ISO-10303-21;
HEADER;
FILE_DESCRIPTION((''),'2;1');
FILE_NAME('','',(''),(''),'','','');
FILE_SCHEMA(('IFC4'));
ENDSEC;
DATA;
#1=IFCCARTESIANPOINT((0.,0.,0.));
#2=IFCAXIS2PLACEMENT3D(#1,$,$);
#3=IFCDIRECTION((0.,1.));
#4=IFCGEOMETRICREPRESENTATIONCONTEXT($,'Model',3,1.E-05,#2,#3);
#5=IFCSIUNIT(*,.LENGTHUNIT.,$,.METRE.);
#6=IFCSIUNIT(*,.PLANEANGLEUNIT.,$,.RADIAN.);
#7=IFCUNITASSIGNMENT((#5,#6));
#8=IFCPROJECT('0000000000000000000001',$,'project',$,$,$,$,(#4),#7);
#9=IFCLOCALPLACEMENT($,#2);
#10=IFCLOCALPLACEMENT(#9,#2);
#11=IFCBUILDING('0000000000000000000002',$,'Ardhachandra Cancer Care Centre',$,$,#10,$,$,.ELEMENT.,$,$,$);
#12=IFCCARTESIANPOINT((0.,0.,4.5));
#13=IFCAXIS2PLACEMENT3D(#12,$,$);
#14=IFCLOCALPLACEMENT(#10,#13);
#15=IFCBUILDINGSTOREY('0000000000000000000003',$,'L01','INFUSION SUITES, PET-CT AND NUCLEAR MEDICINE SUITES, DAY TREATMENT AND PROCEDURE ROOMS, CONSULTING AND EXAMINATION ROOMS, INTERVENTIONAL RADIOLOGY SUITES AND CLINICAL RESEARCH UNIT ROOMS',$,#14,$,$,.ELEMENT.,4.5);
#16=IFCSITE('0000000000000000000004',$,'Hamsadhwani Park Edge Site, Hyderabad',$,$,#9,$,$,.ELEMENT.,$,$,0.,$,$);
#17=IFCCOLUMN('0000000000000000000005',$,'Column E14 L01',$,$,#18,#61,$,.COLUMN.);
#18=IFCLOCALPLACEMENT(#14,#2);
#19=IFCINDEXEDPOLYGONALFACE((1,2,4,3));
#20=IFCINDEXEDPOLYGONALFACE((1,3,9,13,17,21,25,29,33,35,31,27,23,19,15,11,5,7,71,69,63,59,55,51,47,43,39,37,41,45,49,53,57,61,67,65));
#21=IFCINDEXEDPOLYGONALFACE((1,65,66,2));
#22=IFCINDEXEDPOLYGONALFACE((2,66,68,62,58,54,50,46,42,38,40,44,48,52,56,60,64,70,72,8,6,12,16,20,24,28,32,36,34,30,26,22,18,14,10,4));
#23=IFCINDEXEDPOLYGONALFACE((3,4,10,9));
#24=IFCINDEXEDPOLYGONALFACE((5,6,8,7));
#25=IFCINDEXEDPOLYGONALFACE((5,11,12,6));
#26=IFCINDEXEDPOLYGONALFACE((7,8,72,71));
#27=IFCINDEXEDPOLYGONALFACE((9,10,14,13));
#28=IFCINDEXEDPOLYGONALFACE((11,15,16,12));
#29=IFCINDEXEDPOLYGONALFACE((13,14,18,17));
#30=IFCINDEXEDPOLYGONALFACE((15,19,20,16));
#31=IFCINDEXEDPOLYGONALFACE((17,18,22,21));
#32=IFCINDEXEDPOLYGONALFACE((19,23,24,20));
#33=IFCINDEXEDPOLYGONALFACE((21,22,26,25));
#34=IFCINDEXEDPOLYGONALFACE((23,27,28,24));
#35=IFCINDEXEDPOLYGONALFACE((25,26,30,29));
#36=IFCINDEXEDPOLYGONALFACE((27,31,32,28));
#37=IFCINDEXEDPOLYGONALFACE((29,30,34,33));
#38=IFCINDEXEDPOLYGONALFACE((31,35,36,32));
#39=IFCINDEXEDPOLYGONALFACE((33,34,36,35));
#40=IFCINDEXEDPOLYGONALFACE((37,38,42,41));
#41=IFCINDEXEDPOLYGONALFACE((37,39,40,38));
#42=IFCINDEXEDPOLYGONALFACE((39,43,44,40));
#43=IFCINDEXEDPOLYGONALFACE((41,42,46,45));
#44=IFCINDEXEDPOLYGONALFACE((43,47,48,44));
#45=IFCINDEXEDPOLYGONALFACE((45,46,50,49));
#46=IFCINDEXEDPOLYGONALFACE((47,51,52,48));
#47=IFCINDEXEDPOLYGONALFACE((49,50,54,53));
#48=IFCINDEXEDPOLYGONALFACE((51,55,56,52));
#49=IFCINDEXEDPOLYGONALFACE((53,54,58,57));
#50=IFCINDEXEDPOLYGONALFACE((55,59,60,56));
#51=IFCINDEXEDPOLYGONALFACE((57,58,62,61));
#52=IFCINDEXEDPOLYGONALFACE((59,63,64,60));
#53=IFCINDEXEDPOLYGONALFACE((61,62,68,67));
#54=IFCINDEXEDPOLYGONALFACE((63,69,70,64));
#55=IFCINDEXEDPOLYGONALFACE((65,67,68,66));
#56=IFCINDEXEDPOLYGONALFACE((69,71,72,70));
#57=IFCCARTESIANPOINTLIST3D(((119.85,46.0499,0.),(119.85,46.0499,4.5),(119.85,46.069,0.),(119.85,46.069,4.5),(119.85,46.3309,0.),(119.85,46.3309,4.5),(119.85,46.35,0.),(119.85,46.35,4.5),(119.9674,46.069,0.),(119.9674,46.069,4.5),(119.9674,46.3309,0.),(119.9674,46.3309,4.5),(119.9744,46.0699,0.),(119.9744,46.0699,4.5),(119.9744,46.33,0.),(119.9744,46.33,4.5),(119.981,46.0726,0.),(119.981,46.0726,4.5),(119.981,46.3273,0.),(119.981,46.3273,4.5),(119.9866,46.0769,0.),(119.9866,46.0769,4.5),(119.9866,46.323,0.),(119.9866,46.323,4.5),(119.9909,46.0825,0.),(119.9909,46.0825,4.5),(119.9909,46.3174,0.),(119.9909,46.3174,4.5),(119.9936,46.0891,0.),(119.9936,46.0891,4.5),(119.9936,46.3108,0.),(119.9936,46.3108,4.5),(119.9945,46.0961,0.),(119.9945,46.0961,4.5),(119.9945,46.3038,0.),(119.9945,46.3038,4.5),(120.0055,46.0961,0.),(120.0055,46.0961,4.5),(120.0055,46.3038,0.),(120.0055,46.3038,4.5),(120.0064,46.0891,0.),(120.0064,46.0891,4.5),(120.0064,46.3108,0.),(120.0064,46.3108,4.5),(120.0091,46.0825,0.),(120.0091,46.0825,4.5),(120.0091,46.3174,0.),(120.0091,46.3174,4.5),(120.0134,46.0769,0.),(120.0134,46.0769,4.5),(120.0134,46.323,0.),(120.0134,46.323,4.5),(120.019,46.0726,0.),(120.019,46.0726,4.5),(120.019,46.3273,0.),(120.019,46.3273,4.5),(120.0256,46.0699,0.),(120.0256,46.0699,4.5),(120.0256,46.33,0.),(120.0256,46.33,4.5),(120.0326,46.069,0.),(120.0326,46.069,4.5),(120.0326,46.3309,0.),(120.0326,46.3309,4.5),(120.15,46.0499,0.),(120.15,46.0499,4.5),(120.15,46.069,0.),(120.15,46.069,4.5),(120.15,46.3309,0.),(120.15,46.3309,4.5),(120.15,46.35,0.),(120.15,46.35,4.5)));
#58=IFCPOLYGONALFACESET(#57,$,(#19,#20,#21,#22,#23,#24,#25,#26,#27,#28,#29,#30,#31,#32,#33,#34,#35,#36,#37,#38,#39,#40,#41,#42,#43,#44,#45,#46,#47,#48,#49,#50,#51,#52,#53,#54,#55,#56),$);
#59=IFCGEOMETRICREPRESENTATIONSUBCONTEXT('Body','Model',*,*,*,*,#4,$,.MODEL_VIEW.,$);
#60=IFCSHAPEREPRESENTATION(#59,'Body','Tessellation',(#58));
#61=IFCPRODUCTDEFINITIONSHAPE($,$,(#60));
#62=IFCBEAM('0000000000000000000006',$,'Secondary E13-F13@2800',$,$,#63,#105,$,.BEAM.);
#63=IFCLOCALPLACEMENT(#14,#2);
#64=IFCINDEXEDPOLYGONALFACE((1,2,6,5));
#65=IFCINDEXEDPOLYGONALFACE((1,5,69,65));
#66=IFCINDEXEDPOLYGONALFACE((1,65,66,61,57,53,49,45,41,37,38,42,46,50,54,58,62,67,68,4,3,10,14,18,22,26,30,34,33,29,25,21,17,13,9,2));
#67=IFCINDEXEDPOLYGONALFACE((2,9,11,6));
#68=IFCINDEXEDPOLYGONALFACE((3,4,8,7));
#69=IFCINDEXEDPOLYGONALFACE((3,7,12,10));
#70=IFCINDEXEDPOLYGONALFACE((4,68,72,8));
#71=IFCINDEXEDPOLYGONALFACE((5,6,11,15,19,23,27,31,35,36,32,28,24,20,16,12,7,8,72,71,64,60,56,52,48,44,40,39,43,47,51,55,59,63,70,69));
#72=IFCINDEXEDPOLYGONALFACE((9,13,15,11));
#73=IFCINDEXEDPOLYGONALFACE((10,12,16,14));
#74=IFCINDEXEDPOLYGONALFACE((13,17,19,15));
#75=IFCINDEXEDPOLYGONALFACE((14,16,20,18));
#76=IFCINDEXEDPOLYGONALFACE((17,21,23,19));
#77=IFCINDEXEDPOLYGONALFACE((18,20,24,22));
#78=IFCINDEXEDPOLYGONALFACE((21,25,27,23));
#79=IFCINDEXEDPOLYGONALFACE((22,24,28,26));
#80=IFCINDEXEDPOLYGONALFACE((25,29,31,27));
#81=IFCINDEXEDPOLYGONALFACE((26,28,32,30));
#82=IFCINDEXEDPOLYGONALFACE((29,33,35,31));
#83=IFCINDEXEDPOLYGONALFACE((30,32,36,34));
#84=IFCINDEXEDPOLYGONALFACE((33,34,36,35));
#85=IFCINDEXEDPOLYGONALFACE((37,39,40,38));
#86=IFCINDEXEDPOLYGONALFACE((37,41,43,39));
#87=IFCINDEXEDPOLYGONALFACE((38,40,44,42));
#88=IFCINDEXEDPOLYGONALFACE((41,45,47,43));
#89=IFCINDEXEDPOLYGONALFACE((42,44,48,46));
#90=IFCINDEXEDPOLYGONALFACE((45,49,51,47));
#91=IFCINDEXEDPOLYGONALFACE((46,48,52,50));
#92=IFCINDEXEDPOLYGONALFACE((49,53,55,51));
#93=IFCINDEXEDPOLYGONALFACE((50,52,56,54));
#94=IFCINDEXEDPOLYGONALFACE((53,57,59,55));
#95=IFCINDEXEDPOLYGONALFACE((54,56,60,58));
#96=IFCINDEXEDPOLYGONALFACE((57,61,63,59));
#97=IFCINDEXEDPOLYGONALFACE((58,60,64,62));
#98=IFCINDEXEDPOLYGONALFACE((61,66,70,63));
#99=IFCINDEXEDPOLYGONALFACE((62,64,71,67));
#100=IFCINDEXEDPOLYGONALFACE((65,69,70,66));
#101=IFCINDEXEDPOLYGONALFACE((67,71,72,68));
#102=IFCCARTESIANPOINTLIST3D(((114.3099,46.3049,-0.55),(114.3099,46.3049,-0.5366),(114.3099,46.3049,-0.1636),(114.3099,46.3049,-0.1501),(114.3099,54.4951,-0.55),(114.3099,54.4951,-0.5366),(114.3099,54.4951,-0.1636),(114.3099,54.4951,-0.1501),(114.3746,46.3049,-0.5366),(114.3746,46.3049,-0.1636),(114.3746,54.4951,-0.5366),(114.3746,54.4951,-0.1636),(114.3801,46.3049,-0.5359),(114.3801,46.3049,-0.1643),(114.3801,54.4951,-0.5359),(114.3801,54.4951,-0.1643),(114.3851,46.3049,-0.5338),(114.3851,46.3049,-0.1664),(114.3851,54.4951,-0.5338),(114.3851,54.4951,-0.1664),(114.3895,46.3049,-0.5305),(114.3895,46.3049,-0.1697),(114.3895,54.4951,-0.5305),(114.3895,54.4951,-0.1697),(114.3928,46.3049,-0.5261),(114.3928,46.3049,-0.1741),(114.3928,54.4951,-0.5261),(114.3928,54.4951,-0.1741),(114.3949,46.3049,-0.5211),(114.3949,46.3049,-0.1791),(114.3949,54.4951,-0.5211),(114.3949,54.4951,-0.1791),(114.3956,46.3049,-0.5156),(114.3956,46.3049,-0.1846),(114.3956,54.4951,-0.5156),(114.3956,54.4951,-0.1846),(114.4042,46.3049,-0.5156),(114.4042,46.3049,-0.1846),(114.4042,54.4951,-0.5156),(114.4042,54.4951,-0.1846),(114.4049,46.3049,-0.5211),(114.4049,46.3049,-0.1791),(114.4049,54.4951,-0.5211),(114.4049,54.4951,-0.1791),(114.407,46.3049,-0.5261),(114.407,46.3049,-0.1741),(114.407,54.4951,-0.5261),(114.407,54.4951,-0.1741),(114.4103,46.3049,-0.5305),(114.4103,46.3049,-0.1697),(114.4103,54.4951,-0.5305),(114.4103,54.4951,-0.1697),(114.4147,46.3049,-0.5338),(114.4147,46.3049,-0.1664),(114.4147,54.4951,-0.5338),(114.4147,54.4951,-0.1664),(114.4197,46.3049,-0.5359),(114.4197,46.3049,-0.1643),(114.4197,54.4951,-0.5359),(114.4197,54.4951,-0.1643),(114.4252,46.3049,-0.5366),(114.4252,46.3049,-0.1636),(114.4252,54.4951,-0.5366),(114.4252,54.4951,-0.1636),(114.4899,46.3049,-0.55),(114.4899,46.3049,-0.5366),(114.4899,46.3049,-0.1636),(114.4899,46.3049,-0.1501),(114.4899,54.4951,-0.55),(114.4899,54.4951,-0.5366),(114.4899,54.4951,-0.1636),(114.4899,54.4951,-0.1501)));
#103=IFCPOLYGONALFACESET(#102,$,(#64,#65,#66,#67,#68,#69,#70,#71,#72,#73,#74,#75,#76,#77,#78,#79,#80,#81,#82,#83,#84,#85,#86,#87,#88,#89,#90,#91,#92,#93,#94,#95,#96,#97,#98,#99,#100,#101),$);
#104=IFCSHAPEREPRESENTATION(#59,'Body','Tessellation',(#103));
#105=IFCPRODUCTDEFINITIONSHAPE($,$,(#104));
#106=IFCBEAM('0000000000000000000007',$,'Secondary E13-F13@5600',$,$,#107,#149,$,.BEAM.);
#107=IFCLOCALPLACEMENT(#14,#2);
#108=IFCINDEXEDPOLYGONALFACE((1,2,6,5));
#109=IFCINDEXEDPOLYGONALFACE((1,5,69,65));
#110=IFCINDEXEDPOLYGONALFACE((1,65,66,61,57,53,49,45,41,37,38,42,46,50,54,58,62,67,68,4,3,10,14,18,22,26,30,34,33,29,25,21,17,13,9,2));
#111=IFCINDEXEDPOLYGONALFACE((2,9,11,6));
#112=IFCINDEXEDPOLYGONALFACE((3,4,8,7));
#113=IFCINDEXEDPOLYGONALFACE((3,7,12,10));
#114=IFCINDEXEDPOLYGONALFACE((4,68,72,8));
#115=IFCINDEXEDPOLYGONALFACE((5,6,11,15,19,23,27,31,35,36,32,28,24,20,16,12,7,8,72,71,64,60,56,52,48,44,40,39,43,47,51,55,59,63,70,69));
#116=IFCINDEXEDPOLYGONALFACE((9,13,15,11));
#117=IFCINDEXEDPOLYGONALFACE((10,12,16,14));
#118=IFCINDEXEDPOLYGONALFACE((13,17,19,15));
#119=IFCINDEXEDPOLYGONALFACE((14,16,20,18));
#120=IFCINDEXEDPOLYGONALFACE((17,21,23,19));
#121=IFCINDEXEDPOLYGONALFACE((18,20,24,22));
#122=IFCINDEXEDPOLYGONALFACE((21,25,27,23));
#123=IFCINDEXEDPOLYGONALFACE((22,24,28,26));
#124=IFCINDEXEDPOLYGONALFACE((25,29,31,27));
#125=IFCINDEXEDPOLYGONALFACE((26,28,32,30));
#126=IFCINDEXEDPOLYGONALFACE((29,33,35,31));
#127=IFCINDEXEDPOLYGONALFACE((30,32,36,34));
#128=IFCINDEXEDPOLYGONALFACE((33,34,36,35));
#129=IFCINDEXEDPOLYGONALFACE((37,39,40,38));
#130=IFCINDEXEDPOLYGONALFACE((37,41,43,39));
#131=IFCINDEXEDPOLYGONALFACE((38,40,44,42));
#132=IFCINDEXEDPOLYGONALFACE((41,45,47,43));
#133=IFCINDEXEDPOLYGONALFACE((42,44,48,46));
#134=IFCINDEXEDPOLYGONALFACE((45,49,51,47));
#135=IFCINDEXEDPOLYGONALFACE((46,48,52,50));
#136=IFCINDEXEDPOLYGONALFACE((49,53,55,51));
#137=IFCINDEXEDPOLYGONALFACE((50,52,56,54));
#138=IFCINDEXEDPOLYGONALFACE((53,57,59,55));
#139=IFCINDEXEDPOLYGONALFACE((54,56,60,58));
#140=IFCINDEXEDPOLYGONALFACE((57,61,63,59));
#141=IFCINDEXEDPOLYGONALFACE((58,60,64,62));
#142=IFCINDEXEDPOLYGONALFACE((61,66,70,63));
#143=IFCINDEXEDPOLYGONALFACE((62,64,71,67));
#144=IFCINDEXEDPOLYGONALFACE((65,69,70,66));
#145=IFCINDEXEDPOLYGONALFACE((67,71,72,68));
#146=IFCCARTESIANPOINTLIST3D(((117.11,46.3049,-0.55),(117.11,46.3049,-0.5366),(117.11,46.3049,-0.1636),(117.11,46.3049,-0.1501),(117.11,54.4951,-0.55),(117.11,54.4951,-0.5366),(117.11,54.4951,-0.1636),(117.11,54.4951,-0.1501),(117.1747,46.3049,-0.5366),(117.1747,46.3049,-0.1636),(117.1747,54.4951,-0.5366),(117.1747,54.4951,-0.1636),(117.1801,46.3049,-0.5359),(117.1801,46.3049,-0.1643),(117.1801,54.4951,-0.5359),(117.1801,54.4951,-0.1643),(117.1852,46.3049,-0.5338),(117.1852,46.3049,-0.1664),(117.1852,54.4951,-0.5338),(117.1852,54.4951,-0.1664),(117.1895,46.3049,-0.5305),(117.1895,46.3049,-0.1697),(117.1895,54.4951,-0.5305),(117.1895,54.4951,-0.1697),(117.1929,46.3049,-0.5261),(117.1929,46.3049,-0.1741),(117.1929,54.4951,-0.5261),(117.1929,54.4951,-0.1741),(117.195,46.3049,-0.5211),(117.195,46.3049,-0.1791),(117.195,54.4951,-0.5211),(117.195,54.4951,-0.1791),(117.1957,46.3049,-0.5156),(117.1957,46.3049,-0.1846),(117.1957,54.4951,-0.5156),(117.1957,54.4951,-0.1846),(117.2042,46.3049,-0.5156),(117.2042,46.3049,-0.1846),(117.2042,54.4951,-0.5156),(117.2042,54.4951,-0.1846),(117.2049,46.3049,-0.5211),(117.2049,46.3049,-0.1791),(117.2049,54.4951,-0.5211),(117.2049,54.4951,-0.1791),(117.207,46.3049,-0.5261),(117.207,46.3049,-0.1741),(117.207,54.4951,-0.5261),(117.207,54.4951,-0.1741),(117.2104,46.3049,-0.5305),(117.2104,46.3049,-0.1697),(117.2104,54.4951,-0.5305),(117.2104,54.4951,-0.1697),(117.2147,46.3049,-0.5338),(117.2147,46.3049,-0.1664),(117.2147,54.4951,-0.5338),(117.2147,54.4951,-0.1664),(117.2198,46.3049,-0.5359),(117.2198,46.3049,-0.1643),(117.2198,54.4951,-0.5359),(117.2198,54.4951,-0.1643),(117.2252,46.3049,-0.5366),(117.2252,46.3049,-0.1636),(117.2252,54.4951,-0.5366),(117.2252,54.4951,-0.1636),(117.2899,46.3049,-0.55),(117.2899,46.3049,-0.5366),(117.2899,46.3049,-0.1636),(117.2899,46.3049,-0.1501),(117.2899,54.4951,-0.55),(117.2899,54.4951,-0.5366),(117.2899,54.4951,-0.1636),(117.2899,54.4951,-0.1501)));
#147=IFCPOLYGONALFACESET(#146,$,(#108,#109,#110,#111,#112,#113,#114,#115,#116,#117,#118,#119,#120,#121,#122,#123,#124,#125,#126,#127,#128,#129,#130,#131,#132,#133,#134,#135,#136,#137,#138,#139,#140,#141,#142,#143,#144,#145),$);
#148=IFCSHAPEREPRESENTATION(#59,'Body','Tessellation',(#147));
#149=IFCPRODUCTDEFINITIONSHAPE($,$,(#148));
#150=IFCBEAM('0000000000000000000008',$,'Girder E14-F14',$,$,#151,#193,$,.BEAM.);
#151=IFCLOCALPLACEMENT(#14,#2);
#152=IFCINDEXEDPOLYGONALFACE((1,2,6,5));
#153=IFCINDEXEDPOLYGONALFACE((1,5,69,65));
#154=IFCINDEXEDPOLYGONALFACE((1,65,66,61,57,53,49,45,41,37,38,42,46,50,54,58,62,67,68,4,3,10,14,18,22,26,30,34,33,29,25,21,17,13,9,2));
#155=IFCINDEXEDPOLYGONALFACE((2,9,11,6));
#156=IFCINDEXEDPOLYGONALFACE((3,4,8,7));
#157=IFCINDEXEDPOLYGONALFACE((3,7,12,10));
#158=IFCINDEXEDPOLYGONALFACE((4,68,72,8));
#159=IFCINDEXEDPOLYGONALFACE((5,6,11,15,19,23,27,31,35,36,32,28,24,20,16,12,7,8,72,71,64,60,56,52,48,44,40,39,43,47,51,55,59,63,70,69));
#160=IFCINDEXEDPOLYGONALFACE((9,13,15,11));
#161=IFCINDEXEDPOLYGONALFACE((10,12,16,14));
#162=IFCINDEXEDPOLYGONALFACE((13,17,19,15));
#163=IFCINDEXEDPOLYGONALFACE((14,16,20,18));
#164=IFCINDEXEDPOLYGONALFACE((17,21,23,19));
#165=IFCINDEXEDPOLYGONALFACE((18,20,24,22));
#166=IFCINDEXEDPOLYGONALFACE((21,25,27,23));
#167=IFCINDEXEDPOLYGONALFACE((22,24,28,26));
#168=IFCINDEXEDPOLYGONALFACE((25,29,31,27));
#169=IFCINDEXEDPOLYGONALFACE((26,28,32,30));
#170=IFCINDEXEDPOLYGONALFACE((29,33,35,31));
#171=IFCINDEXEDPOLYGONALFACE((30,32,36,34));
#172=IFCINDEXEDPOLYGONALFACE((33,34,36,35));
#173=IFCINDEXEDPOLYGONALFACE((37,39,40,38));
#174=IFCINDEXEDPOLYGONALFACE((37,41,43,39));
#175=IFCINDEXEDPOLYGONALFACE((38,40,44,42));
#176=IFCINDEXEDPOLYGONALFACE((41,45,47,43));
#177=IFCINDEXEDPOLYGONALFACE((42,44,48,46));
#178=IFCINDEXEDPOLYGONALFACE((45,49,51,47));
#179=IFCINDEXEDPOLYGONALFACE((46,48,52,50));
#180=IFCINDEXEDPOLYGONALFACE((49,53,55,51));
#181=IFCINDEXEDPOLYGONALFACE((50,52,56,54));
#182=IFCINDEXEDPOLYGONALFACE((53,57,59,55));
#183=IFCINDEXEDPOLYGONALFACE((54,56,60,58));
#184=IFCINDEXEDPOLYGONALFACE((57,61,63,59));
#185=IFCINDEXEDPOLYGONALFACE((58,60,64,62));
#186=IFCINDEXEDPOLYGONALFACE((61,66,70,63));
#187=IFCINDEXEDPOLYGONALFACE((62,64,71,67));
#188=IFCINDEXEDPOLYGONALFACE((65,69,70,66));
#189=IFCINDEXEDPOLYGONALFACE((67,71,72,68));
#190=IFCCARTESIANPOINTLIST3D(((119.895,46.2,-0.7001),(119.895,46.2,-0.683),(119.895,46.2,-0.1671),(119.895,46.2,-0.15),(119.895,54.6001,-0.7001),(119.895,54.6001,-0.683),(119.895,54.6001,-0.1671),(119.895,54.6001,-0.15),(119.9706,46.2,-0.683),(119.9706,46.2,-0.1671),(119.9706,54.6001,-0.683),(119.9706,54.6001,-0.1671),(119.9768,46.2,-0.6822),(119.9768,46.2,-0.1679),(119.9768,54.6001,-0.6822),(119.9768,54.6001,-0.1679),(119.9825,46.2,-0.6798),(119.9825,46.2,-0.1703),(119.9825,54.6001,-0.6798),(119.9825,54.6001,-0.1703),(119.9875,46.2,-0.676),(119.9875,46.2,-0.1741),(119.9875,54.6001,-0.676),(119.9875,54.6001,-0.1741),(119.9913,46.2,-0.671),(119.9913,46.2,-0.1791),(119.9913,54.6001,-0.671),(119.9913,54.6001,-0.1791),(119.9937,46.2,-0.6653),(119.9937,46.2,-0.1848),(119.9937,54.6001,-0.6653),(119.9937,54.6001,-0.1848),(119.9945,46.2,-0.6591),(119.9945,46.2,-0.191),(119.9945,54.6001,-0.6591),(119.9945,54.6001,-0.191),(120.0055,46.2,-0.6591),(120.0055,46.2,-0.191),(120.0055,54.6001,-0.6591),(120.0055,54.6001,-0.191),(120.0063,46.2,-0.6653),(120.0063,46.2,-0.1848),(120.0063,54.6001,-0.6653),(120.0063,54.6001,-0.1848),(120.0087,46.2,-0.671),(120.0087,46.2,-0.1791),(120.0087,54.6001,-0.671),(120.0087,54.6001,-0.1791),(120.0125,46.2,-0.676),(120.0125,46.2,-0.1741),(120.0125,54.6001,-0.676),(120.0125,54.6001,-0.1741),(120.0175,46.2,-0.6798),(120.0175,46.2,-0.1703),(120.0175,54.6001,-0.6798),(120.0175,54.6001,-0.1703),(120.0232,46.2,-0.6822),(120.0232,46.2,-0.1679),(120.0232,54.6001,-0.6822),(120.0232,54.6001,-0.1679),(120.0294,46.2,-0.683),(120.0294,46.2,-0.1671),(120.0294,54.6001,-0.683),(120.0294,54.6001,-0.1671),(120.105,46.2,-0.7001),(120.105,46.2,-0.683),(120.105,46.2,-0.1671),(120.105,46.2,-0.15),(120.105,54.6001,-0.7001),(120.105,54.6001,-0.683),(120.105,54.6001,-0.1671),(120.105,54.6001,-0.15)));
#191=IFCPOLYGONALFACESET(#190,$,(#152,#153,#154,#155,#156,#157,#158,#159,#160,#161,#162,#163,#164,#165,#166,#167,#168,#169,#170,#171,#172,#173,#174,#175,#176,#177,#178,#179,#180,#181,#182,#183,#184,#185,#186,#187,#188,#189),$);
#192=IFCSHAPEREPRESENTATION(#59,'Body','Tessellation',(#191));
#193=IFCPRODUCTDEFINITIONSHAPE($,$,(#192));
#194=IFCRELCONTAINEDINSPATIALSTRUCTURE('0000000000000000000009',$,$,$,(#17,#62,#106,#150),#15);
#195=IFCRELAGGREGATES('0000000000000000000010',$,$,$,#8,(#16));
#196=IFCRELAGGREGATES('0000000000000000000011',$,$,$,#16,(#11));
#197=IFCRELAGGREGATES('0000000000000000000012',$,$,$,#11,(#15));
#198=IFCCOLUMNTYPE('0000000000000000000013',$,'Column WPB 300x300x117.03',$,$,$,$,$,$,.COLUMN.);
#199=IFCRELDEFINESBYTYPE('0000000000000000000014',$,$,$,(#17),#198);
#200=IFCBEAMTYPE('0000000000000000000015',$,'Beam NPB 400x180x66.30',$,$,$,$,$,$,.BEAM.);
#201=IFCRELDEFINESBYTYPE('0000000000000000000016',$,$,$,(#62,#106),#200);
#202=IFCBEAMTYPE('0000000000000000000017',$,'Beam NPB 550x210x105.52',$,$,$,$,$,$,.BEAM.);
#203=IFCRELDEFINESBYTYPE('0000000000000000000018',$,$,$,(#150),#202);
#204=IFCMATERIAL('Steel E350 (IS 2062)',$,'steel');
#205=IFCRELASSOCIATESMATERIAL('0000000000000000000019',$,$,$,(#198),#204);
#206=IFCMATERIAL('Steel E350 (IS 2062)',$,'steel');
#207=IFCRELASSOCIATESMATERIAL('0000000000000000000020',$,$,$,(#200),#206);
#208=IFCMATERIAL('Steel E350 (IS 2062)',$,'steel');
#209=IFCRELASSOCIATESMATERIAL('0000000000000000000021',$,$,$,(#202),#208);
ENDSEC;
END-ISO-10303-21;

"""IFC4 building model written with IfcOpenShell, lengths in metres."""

from ifc_helpers import new_model, si_unit, direction, frame, origin, origin_2d, place, context, subcontext, project, spatial, i_section, extrude, material, material_profile, profile_set, type_object, element, save


model = new_model("IFC4")

# Units and contexts
model_context = context("Model", 3, precision=1e-05, world=origin(), true_north=direction((0.0, 1.0)))
body_context = subcontext(model_context, "Body", "Model", "MODEL_VIEW")
ifc_project = project(units=[si_unit("LENGTHUNIT", "METRE"), si_unit("PLANEANGLEUNIT", "RADIAN")], contexts=[model_context])

# Site, building, storey
site_placement = place(None, origin())
site = spatial("IfcSite", under=ifc_project, at=site_placement, Name="Hamsadhwani Park Edge Site, Hyderabad", CompositionType="ELEMENT", RefElevation=0.0)
building_placement = place(site_placement, origin())
building = spatial("IfcBuilding", under=site, at=building_placement, Name="Ardhachandra Cancer Care Centre", CompositionType="ELEMENT")
storey_placement = place(building_placement, frame((0.0, 0.0, 4.5)))
storey = spatial("IfcBuildingStorey", under=building, at=storey_placement, Name="L01", Description="INFUSION SUITES, PET-CT AND NUCLEAR MEDICINE SUITES, DAY TREATMENT AND PROCEDURE ROOMS, CONSULTING AND EXAMINATION ROOMS, INTERVENTIONAL RADIOLOGY SUITES AND CLINICAL RESEARCH UNIT ROOMS", CompositionType="ELEMENT", Elevation=4.5)

# Column
ifc_material_1 = material(Name="Steel E350 (IS 2062)", Category="steel")
ifc_material_profile_1 = material_profile(ifc_material_1, i_section(OverallWidth=0.3, OverallDepth=0.3, WebThickness=0.011, FlangeThickness=0.019, FilletRadius=0.0271, at=origin_2d()), Name="WPB 300x300x117.03")
ifc_profile_set_1 = profile_set([ifc_material_profile_1], Name="Steel E350 (IS 2062)")
column_type = type_object("IfcColumnType", Name="Column WPB 300x300x117.03", PredefinedType="COLUMN", material=ifc_profile_set_1)
column_placement = place(storey_placement, frame((120.0, 46.2, 0.0), z_axis=(0.0, 0.0, 1.0), x_axis=(1.0, 0.0, 0.0)))
element("IfcColumn", 1, at=column_placement, inside=storey, type_object=column_type, Name="Column E14 L01", PredefinedType="COLUMN", context=body_context, shape_type="SweptSolid", body=[
    extrude(i_section(OverallWidth=0.3, OverallDepth=0.3, WebThickness=0.011, FlangeThickness=0.019, FilletRadius=0.0271, at=origin_2d()), origin(), (0.0, 0.0, 1.0), 4.5),
])

# Beams
ifc_material_2 = material(Name="Steel E350 (IS 2062)", Category="steel")
ifc_material_profile_2 = material_profile(ifc_material_2, i_section(OverallWidth=0.1799, OverallDepth=0.3999, WebThickness=0.0085, FlangeThickness=0.0134, FilletRadius=0.021, at=origin_2d()), Name="NPB 400x180x66.30")
ifc_profile_set_2 = profile_set([ifc_material_profile_2], Name="Steel E350 (IS 2062)")
beam_type_1 = type_object("IfcBeamType", Name="Beam NPB 400x180x66.30", PredefinedType="BEAM", material=ifc_profile_set_2)
for number, where, z_axis, x_axis, name in (
    (2, (114.3999, 46.3049, -0.3501), (0.0, 1.0, 0.0), (-1.0, 0.0, 0.0), "Secondary E13-F13@2800"),
    (3, (117.2, 46.3049, -0.3501), (0.0, 1.0, 0.0), (-1.0, 0.0, 0.0), "Secondary E13-F13@5600"),
):
    element("IfcBeam", number, at=place(storey_placement, frame(where, z_axis=z_axis, x_axis=x_axis)), inside=storey, type_object=beam_type_1, Name=name, PredefinedType="BEAM", context=body_context, shape_type="SweptSolid", body=[
        extrude(i_section(OverallWidth=0.1799, OverallDepth=0.3999, WebThickness=0.0085, FlangeThickness=0.0134, FilletRadius=0.021, at=origin_2d()), origin(), (0.0, 0.0, 1.0), 8.1902),
    ])
ifc_material_3 = material(Name="Steel E350 (IS 2062)", Category="steel")
ifc_material_profile_3 = material_profile(ifc_material_3, i_section(OverallWidth=0.21, OverallDepth=0.55, WebThickness=0.011, FlangeThickness=0.0171, FilletRadius=0.0239, at=origin_2d()), Name="NPB 550x210x105.52")
ifc_profile_set_3 = profile_set([ifc_material_profile_3], Name="Steel E350 (IS 2062)")
beam_type_2 = type_object("IfcBeamType", Name="Beam NPB 550x210x105.52", PredefinedType="BEAM", material=ifc_profile_set_3)
beam_placement = place(storey_placement, frame((120.0, 46.2, -0.425), z_axis=(0.0, 1.0, 0.0), x_axis=(-1.0, 0.0, 0.0)))
element("IfcBeam", 4, at=beam_placement, inside=storey, type_object=beam_type_2, Name="Girder E14-F14", PredefinedType="BEAM", context=body_context, shape_type="SweptSolid", body=[
    extrude(i_section(OverallWidth=0.21, OverallDepth=0.55, WebThickness=0.011, FlangeThickness=0.0171, FilletRadius=0.0239, at=origin_2d()), origin(), (0.0, 0.0, 1.0), 8.4001),
])

save(model, "model.ifc")
